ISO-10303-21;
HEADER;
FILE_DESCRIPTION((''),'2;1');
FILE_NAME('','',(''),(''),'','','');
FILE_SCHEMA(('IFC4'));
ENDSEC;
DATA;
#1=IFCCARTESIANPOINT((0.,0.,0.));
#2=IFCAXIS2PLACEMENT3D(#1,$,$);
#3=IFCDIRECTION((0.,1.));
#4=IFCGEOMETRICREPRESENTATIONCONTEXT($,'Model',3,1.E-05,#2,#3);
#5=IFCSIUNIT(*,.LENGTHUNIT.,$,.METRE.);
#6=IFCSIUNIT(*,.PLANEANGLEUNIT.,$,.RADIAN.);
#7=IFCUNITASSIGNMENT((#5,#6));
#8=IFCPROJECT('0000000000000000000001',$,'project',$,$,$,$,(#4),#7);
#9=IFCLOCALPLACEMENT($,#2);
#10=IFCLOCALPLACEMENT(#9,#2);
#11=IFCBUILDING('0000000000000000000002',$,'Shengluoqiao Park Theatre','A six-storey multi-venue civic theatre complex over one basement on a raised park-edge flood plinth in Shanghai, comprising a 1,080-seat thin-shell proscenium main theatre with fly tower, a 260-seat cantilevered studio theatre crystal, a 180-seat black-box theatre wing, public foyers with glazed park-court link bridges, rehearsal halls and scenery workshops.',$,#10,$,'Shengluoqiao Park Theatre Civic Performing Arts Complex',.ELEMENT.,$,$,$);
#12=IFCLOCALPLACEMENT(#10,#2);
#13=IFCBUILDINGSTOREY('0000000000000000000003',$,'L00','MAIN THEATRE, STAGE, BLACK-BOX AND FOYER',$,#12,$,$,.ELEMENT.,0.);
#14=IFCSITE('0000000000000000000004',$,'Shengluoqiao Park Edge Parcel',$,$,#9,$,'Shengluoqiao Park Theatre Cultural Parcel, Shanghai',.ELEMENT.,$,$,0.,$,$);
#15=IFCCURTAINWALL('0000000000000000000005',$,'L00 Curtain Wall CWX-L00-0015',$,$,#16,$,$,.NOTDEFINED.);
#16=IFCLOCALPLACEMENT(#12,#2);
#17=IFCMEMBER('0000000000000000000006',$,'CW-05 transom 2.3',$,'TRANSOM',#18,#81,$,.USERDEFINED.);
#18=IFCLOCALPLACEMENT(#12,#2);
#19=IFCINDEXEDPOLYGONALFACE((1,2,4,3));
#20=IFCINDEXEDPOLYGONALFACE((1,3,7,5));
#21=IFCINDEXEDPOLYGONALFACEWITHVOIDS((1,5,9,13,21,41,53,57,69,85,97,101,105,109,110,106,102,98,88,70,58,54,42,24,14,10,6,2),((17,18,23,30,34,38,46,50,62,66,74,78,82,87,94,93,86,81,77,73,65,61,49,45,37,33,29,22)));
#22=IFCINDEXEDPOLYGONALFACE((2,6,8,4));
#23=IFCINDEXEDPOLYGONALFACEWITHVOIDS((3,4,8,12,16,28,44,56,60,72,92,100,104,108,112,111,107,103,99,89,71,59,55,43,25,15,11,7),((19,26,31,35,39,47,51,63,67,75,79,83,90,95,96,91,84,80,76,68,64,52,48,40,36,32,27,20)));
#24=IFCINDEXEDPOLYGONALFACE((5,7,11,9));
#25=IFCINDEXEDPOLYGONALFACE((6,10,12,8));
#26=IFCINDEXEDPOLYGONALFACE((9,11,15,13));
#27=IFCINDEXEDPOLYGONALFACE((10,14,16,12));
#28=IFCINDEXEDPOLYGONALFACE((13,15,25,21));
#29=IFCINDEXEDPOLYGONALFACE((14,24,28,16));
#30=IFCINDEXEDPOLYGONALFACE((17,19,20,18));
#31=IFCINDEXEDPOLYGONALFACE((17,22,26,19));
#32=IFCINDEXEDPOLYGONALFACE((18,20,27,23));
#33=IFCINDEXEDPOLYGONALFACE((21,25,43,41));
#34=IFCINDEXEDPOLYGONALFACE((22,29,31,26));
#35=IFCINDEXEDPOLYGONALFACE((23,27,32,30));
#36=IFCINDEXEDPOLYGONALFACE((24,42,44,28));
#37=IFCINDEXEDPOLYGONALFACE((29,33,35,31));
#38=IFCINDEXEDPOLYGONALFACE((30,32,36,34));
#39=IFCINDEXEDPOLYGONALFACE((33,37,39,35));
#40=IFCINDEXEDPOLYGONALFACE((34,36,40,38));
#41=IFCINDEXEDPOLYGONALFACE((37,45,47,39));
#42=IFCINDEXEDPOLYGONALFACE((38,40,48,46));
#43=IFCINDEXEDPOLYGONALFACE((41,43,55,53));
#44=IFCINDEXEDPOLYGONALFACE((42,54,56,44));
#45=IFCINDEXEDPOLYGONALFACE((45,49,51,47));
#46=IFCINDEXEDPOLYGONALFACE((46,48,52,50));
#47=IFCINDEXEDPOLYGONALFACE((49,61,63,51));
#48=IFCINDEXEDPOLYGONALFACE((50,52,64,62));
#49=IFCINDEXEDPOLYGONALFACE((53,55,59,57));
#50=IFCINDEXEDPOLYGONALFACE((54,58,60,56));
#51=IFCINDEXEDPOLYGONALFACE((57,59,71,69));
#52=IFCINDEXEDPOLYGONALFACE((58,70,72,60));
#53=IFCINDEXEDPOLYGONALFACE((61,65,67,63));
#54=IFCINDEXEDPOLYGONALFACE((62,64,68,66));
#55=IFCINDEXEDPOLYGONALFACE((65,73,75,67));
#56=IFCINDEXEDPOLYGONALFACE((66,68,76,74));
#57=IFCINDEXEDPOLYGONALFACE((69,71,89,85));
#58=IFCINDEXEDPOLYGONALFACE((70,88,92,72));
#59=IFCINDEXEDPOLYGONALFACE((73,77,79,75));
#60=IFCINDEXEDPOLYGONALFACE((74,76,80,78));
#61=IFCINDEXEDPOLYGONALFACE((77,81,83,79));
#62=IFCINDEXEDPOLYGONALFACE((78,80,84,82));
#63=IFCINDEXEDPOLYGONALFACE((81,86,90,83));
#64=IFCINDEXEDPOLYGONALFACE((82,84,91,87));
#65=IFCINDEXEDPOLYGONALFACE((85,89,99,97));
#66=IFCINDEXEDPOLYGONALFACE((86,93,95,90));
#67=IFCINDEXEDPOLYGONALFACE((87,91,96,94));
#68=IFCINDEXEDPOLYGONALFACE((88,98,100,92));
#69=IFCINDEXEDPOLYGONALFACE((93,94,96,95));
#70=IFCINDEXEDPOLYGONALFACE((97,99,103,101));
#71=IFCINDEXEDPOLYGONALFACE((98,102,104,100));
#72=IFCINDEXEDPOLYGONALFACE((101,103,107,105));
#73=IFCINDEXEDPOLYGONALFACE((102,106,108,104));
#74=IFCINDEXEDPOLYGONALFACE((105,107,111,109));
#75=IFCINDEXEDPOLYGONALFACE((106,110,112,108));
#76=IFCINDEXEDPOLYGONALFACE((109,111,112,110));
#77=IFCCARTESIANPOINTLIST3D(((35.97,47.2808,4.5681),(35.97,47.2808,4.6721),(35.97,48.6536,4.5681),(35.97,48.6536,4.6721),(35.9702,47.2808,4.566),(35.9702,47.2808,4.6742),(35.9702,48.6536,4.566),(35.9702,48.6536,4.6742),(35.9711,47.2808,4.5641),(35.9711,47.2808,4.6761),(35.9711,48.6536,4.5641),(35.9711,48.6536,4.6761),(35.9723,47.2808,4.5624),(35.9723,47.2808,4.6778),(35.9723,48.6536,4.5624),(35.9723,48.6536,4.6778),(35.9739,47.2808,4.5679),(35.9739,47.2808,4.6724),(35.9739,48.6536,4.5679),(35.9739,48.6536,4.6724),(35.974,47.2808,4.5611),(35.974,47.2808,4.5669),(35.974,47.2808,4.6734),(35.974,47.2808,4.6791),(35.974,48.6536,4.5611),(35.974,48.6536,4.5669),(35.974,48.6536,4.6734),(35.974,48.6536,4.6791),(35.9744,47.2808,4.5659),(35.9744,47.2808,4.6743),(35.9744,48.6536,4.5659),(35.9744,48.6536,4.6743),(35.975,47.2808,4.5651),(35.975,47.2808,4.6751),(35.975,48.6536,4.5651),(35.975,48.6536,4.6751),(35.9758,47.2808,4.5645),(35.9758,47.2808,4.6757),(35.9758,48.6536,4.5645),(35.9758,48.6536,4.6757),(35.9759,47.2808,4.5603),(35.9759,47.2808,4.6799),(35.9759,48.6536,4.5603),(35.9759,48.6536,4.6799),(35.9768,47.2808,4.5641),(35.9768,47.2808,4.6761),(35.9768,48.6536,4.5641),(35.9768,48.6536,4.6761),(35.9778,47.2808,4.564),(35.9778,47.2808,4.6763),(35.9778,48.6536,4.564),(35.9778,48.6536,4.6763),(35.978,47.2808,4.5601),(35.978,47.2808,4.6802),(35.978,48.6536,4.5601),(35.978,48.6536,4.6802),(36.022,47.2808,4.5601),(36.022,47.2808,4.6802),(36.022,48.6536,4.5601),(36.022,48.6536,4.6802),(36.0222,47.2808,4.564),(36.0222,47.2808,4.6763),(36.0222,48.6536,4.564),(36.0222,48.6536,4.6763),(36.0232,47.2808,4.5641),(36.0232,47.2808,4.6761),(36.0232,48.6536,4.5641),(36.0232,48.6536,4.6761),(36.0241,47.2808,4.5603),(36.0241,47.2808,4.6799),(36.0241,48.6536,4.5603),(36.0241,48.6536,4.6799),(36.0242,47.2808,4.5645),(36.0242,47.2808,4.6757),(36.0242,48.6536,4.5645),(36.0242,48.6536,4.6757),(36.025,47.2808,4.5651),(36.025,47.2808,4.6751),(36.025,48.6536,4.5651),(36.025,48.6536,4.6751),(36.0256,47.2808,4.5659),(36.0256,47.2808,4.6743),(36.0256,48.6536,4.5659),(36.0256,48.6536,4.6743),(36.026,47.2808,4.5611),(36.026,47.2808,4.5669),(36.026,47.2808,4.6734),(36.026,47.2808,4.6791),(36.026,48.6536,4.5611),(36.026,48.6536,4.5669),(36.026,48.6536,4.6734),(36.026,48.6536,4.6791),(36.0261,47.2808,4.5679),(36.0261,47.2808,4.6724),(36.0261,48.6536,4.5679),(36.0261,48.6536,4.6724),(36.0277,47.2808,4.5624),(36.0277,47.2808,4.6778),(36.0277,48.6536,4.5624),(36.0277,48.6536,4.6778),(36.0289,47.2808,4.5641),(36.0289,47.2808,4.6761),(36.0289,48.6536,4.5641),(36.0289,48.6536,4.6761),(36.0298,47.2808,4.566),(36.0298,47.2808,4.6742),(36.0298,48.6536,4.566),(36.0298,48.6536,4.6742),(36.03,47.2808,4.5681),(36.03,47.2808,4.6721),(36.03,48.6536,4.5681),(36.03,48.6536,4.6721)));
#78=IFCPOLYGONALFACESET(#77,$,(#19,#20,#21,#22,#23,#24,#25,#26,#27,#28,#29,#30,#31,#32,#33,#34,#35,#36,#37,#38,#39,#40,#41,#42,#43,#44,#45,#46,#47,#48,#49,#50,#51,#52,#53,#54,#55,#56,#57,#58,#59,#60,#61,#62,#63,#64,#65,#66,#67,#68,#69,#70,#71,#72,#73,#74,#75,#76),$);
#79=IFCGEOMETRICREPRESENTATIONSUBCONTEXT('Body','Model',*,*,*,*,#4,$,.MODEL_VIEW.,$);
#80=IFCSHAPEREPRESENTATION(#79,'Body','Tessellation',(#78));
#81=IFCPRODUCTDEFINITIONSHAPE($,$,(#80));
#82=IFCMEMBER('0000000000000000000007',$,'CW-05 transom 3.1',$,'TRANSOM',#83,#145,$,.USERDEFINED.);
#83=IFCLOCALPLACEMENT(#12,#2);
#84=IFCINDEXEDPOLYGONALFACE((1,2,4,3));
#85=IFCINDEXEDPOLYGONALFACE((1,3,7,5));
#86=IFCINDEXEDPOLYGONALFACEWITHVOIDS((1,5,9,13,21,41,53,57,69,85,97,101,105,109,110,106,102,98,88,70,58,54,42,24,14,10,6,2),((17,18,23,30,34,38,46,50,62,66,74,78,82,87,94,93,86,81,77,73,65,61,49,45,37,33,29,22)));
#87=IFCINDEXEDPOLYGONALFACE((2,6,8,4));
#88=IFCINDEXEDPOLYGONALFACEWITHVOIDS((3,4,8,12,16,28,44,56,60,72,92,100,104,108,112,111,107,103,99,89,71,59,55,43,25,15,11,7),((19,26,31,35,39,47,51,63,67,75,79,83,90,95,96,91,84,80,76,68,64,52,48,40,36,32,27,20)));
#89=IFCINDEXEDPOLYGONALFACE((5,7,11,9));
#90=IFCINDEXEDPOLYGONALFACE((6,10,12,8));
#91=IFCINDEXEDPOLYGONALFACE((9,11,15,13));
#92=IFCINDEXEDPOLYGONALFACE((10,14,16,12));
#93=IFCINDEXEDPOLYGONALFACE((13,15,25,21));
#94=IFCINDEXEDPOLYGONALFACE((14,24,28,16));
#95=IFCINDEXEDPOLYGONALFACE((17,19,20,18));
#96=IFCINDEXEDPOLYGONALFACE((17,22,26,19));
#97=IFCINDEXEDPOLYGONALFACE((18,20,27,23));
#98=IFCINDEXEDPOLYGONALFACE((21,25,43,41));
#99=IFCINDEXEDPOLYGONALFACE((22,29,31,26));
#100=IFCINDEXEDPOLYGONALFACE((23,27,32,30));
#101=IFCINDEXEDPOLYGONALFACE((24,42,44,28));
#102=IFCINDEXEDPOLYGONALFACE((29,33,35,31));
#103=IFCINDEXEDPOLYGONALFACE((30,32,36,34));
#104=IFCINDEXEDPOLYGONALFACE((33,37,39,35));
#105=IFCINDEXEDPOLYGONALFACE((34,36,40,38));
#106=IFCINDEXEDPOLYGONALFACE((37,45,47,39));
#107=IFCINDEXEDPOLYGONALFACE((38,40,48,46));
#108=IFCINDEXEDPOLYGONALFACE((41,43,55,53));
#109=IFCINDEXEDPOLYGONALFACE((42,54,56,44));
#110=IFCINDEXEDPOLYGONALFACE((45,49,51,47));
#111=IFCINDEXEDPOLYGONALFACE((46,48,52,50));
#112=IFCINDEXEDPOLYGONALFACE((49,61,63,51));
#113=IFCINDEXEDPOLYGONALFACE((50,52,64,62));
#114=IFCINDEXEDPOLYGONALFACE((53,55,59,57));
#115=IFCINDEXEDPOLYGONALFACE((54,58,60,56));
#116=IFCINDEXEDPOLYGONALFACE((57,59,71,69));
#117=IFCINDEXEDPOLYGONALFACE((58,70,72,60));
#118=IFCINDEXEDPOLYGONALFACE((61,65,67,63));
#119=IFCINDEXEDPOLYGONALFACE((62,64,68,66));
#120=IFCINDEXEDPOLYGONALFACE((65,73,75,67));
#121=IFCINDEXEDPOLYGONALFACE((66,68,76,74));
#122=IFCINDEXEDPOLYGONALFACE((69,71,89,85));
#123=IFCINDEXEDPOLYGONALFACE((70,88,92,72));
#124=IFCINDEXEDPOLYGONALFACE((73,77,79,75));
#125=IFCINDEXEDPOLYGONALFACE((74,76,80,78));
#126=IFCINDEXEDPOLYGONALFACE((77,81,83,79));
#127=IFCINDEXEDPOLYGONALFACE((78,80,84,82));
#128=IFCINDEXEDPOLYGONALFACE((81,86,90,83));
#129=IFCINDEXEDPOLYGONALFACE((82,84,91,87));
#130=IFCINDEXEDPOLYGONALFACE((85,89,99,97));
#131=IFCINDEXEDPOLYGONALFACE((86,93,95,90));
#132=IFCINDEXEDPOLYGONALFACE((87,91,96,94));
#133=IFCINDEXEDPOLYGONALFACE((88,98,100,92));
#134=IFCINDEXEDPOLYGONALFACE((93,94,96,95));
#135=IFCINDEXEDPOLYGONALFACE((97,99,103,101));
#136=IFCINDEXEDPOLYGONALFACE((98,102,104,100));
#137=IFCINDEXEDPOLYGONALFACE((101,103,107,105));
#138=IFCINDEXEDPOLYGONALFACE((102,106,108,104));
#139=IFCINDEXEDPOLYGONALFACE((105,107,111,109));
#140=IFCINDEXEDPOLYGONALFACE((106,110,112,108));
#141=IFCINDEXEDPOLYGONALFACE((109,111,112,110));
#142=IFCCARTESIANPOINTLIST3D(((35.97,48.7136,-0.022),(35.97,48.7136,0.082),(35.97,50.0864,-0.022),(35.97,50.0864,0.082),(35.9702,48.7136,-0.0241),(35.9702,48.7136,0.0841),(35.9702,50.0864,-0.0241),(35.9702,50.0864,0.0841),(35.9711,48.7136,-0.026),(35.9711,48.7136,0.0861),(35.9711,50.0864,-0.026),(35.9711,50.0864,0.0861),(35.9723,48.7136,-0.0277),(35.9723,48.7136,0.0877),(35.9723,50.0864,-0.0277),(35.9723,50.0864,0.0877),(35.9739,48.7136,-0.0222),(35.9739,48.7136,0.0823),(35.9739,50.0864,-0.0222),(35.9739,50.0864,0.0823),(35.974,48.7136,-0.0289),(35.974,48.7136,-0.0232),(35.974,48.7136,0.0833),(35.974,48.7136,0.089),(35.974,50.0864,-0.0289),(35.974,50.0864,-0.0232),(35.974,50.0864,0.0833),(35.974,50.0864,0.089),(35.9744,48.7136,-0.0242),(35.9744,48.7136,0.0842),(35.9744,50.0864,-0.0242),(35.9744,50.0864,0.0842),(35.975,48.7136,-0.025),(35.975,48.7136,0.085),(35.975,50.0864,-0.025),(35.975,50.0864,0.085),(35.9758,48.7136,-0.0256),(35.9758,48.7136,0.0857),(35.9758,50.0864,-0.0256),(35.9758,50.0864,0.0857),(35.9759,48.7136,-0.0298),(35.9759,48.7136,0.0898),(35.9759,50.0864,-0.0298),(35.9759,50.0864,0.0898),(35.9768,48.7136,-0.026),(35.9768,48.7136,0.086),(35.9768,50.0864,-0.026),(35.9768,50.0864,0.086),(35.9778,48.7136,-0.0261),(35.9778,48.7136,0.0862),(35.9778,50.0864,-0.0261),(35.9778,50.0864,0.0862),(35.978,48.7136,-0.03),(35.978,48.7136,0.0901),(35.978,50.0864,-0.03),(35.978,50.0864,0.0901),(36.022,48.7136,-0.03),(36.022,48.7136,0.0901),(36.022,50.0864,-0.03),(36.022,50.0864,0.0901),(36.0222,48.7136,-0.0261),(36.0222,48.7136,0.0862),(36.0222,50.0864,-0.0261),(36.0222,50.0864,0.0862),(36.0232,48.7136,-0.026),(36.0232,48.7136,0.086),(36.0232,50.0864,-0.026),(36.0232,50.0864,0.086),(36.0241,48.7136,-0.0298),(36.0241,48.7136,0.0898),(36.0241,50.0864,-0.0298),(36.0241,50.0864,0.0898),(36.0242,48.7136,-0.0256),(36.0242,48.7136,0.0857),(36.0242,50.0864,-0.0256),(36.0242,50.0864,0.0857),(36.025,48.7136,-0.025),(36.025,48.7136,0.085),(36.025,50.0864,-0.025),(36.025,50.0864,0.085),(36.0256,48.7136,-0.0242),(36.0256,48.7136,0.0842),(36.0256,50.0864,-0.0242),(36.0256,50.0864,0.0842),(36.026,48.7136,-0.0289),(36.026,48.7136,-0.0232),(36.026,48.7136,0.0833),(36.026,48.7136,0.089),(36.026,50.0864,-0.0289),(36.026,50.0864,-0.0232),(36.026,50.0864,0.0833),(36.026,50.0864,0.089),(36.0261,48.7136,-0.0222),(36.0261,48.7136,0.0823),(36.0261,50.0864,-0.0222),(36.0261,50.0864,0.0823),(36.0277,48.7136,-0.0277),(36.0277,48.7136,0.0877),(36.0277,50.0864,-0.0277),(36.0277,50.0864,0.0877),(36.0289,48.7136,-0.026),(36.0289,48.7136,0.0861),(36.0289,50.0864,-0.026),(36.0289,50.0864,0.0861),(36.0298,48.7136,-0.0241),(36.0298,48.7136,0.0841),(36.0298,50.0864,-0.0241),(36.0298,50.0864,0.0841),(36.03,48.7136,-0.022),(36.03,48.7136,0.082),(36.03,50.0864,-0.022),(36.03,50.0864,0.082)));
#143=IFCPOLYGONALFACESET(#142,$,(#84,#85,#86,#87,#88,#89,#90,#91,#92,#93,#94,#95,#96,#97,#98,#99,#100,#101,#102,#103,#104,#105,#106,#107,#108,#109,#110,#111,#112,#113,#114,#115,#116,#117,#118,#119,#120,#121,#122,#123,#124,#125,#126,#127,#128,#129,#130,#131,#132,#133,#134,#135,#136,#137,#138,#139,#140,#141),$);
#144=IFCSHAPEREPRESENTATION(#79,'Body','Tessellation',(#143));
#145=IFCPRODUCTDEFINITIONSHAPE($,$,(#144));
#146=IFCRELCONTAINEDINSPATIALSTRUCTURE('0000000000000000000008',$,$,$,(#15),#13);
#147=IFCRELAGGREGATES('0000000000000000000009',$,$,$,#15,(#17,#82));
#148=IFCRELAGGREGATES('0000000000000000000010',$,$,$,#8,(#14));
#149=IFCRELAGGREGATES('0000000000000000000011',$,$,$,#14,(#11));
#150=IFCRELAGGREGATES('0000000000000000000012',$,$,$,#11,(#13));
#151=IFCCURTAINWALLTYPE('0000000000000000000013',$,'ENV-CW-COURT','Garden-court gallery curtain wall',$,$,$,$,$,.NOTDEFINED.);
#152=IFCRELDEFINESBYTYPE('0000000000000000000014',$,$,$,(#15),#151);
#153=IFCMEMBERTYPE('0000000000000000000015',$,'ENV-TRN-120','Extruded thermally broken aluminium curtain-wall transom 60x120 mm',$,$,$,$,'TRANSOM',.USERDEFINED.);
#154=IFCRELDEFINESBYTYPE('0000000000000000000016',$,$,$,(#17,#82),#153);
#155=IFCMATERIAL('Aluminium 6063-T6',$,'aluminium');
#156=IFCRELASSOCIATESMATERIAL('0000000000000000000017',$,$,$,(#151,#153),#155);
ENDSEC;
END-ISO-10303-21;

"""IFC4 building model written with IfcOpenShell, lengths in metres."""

from ifc_helpers import new_model, si_unit, direction, frame, origin, origin_2d, place, context, subcontext, project, spatial, hollow_rectangle, extrude, material, material_profile, profile_set, type_object, element, aggregate, save


model = new_model("IFC4")

# Units and contexts
model_context = context("Model", 3, precision=1e-05, world=origin(), true_north=direction((0.0, 1.0)))
body_context = subcontext(model_context, "Body", "Model", "MODEL_VIEW")
ifc_project = project(units=[si_unit("LENGTHUNIT", "METRE"), si_unit("PLANEANGLEUNIT", "RADIAN")], contexts=[model_context])

# Site, building, storey
site_placement = place(None, origin())
site = spatial("IfcSite", under=ifc_project, at=site_placement, Name="Shengluoqiao Park Edge Parcel", LongName="Shengluoqiao Park Theatre Cultural Parcel, Shanghai", CompositionType="ELEMENT", RefElevation=0.0)
building_placement = place(site_placement, origin())
building = spatial("IfcBuilding", under=site, at=building_placement, Name="Shengluoqiao Park Theatre", Description="A six-storey multi-venue civic theatre complex over one basement on a raised park-edge flood plinth in Shanghai, comprising a 1,080-seat thin-shell proscenium main theatre with fly tower, a 260-seat cantilevered studio theatre crystal, a 180-seat black-box theatre wing, public foyers with glazed park-court link bridges, rehearsal halls and scenery workshops.", LongName="Shengluoqiao Park Theatre Civic Performing Arts Complex", CompositionType="ELEMENT")
storey_placement = place(building_placement, origin())
storey = spatial("IfcBuildingStorey", under=building, at=storey_placement, Name="L00", Description="MAIN THEATRE, STAGE, BLACK-BOX AND FOYER", CompositionType="ELEMENT", Elevation=0.0)

# Curtain wall
ifc_material_1 = material(Name="Aluminium 6063-T6", Category="aluminium")
curtain_wall_type_1 = type_object("IfcCurtainWallType", Name="ENV-CW-COURT", Description="Garden-court gallery curtain wall", PredefinedType="NOTDEFINED", material=ifc_material_1)
curtain_wall_1_placement = place(storey_placement, origin())
curtain_wall_1 = element("IfcCurtainWall", 1, at=curtain_wall_1_placement, inside=storey, type_object=curtain_wall_type_1, Name="L00 Curtain Wall CWX-L00-0015", PredefinedType="NOTDEFINED")

# Members
ifc_material_profile_1 = material_profile(ifc_material_1, hollow_rectangle(XDim=0.0601, YDim=0.1201, WallThickness=0.0039, InnerFilletRadius=0.0039, OuterFilletRadius=0.0081, at=origin_2d()), Name="ALU TRANSOM 120x60x4")
ifc_profile_set_1 = profile_set([ifc_material_profile_1], Name="Aluminium 6063-T6")
member_type_1 = type_object("IfcMemberType", Name="ENV-TRN-120", Description="Extruded thermally broken aluminium curtain-wall transom 60x120 mm", ElementType="TRANSOM", PredefinedType="USERDEFINED", material=ifc_profile_set_1)
member_1_placement = place(storey_placement, frame((36.0, 47.2808, 4.6201), z_axis=(0.0, 1.0, 0.0), x_axis=(-1.0, 0.0, 0.0)))
member_1 = element("IfcMember", 2, at=member_1_placement, type_object=member_type_1, Name="CW-05 transom 2.3", ObjectType="TRANSOM", PredefinedType="USERDEFINED", context=body_context, shape_type="SweptSolid", body=[
    extrude(hollow_rectangle(XDim=0.0601, YDim=0.1201, WallThickness=0.0039, InnerFilletRadius=0.0039, OuterFilletRadius=0.0081, at=origin_2d()), origin(), (0.0, 0.0, 1.0), 1.3728),
])
member_2_placement = place(storey_placement, frame((36.0, 48.7136, 0.03), z_axis=(0.0, 1.0, 0.0), x_axis=(-1.0, 0.0, 0.0)))
member_2 = element("IfcMember", 3, at=member_2_placement, type_object=member_type_1, Name="CW-05 transom 3.1", ObjectType="TRANSOM", PredefinedType="USERDEFINED", context=body_context, shape_type="SweptSolid", body=[
    extrude(hollow_rectangle(XDim=0.0601, YDim=0.1201, WallThickness=0.0039, InnerFilletRadius=0.0039, OuterFilletRadius=0.0081, at=origin_2d()), origin(), (0.0, 0.0, 1.0), 1.3728),
])

aggregate(curtain_wall_1, [member_1, member_2])

save(model, "model.ifc")
